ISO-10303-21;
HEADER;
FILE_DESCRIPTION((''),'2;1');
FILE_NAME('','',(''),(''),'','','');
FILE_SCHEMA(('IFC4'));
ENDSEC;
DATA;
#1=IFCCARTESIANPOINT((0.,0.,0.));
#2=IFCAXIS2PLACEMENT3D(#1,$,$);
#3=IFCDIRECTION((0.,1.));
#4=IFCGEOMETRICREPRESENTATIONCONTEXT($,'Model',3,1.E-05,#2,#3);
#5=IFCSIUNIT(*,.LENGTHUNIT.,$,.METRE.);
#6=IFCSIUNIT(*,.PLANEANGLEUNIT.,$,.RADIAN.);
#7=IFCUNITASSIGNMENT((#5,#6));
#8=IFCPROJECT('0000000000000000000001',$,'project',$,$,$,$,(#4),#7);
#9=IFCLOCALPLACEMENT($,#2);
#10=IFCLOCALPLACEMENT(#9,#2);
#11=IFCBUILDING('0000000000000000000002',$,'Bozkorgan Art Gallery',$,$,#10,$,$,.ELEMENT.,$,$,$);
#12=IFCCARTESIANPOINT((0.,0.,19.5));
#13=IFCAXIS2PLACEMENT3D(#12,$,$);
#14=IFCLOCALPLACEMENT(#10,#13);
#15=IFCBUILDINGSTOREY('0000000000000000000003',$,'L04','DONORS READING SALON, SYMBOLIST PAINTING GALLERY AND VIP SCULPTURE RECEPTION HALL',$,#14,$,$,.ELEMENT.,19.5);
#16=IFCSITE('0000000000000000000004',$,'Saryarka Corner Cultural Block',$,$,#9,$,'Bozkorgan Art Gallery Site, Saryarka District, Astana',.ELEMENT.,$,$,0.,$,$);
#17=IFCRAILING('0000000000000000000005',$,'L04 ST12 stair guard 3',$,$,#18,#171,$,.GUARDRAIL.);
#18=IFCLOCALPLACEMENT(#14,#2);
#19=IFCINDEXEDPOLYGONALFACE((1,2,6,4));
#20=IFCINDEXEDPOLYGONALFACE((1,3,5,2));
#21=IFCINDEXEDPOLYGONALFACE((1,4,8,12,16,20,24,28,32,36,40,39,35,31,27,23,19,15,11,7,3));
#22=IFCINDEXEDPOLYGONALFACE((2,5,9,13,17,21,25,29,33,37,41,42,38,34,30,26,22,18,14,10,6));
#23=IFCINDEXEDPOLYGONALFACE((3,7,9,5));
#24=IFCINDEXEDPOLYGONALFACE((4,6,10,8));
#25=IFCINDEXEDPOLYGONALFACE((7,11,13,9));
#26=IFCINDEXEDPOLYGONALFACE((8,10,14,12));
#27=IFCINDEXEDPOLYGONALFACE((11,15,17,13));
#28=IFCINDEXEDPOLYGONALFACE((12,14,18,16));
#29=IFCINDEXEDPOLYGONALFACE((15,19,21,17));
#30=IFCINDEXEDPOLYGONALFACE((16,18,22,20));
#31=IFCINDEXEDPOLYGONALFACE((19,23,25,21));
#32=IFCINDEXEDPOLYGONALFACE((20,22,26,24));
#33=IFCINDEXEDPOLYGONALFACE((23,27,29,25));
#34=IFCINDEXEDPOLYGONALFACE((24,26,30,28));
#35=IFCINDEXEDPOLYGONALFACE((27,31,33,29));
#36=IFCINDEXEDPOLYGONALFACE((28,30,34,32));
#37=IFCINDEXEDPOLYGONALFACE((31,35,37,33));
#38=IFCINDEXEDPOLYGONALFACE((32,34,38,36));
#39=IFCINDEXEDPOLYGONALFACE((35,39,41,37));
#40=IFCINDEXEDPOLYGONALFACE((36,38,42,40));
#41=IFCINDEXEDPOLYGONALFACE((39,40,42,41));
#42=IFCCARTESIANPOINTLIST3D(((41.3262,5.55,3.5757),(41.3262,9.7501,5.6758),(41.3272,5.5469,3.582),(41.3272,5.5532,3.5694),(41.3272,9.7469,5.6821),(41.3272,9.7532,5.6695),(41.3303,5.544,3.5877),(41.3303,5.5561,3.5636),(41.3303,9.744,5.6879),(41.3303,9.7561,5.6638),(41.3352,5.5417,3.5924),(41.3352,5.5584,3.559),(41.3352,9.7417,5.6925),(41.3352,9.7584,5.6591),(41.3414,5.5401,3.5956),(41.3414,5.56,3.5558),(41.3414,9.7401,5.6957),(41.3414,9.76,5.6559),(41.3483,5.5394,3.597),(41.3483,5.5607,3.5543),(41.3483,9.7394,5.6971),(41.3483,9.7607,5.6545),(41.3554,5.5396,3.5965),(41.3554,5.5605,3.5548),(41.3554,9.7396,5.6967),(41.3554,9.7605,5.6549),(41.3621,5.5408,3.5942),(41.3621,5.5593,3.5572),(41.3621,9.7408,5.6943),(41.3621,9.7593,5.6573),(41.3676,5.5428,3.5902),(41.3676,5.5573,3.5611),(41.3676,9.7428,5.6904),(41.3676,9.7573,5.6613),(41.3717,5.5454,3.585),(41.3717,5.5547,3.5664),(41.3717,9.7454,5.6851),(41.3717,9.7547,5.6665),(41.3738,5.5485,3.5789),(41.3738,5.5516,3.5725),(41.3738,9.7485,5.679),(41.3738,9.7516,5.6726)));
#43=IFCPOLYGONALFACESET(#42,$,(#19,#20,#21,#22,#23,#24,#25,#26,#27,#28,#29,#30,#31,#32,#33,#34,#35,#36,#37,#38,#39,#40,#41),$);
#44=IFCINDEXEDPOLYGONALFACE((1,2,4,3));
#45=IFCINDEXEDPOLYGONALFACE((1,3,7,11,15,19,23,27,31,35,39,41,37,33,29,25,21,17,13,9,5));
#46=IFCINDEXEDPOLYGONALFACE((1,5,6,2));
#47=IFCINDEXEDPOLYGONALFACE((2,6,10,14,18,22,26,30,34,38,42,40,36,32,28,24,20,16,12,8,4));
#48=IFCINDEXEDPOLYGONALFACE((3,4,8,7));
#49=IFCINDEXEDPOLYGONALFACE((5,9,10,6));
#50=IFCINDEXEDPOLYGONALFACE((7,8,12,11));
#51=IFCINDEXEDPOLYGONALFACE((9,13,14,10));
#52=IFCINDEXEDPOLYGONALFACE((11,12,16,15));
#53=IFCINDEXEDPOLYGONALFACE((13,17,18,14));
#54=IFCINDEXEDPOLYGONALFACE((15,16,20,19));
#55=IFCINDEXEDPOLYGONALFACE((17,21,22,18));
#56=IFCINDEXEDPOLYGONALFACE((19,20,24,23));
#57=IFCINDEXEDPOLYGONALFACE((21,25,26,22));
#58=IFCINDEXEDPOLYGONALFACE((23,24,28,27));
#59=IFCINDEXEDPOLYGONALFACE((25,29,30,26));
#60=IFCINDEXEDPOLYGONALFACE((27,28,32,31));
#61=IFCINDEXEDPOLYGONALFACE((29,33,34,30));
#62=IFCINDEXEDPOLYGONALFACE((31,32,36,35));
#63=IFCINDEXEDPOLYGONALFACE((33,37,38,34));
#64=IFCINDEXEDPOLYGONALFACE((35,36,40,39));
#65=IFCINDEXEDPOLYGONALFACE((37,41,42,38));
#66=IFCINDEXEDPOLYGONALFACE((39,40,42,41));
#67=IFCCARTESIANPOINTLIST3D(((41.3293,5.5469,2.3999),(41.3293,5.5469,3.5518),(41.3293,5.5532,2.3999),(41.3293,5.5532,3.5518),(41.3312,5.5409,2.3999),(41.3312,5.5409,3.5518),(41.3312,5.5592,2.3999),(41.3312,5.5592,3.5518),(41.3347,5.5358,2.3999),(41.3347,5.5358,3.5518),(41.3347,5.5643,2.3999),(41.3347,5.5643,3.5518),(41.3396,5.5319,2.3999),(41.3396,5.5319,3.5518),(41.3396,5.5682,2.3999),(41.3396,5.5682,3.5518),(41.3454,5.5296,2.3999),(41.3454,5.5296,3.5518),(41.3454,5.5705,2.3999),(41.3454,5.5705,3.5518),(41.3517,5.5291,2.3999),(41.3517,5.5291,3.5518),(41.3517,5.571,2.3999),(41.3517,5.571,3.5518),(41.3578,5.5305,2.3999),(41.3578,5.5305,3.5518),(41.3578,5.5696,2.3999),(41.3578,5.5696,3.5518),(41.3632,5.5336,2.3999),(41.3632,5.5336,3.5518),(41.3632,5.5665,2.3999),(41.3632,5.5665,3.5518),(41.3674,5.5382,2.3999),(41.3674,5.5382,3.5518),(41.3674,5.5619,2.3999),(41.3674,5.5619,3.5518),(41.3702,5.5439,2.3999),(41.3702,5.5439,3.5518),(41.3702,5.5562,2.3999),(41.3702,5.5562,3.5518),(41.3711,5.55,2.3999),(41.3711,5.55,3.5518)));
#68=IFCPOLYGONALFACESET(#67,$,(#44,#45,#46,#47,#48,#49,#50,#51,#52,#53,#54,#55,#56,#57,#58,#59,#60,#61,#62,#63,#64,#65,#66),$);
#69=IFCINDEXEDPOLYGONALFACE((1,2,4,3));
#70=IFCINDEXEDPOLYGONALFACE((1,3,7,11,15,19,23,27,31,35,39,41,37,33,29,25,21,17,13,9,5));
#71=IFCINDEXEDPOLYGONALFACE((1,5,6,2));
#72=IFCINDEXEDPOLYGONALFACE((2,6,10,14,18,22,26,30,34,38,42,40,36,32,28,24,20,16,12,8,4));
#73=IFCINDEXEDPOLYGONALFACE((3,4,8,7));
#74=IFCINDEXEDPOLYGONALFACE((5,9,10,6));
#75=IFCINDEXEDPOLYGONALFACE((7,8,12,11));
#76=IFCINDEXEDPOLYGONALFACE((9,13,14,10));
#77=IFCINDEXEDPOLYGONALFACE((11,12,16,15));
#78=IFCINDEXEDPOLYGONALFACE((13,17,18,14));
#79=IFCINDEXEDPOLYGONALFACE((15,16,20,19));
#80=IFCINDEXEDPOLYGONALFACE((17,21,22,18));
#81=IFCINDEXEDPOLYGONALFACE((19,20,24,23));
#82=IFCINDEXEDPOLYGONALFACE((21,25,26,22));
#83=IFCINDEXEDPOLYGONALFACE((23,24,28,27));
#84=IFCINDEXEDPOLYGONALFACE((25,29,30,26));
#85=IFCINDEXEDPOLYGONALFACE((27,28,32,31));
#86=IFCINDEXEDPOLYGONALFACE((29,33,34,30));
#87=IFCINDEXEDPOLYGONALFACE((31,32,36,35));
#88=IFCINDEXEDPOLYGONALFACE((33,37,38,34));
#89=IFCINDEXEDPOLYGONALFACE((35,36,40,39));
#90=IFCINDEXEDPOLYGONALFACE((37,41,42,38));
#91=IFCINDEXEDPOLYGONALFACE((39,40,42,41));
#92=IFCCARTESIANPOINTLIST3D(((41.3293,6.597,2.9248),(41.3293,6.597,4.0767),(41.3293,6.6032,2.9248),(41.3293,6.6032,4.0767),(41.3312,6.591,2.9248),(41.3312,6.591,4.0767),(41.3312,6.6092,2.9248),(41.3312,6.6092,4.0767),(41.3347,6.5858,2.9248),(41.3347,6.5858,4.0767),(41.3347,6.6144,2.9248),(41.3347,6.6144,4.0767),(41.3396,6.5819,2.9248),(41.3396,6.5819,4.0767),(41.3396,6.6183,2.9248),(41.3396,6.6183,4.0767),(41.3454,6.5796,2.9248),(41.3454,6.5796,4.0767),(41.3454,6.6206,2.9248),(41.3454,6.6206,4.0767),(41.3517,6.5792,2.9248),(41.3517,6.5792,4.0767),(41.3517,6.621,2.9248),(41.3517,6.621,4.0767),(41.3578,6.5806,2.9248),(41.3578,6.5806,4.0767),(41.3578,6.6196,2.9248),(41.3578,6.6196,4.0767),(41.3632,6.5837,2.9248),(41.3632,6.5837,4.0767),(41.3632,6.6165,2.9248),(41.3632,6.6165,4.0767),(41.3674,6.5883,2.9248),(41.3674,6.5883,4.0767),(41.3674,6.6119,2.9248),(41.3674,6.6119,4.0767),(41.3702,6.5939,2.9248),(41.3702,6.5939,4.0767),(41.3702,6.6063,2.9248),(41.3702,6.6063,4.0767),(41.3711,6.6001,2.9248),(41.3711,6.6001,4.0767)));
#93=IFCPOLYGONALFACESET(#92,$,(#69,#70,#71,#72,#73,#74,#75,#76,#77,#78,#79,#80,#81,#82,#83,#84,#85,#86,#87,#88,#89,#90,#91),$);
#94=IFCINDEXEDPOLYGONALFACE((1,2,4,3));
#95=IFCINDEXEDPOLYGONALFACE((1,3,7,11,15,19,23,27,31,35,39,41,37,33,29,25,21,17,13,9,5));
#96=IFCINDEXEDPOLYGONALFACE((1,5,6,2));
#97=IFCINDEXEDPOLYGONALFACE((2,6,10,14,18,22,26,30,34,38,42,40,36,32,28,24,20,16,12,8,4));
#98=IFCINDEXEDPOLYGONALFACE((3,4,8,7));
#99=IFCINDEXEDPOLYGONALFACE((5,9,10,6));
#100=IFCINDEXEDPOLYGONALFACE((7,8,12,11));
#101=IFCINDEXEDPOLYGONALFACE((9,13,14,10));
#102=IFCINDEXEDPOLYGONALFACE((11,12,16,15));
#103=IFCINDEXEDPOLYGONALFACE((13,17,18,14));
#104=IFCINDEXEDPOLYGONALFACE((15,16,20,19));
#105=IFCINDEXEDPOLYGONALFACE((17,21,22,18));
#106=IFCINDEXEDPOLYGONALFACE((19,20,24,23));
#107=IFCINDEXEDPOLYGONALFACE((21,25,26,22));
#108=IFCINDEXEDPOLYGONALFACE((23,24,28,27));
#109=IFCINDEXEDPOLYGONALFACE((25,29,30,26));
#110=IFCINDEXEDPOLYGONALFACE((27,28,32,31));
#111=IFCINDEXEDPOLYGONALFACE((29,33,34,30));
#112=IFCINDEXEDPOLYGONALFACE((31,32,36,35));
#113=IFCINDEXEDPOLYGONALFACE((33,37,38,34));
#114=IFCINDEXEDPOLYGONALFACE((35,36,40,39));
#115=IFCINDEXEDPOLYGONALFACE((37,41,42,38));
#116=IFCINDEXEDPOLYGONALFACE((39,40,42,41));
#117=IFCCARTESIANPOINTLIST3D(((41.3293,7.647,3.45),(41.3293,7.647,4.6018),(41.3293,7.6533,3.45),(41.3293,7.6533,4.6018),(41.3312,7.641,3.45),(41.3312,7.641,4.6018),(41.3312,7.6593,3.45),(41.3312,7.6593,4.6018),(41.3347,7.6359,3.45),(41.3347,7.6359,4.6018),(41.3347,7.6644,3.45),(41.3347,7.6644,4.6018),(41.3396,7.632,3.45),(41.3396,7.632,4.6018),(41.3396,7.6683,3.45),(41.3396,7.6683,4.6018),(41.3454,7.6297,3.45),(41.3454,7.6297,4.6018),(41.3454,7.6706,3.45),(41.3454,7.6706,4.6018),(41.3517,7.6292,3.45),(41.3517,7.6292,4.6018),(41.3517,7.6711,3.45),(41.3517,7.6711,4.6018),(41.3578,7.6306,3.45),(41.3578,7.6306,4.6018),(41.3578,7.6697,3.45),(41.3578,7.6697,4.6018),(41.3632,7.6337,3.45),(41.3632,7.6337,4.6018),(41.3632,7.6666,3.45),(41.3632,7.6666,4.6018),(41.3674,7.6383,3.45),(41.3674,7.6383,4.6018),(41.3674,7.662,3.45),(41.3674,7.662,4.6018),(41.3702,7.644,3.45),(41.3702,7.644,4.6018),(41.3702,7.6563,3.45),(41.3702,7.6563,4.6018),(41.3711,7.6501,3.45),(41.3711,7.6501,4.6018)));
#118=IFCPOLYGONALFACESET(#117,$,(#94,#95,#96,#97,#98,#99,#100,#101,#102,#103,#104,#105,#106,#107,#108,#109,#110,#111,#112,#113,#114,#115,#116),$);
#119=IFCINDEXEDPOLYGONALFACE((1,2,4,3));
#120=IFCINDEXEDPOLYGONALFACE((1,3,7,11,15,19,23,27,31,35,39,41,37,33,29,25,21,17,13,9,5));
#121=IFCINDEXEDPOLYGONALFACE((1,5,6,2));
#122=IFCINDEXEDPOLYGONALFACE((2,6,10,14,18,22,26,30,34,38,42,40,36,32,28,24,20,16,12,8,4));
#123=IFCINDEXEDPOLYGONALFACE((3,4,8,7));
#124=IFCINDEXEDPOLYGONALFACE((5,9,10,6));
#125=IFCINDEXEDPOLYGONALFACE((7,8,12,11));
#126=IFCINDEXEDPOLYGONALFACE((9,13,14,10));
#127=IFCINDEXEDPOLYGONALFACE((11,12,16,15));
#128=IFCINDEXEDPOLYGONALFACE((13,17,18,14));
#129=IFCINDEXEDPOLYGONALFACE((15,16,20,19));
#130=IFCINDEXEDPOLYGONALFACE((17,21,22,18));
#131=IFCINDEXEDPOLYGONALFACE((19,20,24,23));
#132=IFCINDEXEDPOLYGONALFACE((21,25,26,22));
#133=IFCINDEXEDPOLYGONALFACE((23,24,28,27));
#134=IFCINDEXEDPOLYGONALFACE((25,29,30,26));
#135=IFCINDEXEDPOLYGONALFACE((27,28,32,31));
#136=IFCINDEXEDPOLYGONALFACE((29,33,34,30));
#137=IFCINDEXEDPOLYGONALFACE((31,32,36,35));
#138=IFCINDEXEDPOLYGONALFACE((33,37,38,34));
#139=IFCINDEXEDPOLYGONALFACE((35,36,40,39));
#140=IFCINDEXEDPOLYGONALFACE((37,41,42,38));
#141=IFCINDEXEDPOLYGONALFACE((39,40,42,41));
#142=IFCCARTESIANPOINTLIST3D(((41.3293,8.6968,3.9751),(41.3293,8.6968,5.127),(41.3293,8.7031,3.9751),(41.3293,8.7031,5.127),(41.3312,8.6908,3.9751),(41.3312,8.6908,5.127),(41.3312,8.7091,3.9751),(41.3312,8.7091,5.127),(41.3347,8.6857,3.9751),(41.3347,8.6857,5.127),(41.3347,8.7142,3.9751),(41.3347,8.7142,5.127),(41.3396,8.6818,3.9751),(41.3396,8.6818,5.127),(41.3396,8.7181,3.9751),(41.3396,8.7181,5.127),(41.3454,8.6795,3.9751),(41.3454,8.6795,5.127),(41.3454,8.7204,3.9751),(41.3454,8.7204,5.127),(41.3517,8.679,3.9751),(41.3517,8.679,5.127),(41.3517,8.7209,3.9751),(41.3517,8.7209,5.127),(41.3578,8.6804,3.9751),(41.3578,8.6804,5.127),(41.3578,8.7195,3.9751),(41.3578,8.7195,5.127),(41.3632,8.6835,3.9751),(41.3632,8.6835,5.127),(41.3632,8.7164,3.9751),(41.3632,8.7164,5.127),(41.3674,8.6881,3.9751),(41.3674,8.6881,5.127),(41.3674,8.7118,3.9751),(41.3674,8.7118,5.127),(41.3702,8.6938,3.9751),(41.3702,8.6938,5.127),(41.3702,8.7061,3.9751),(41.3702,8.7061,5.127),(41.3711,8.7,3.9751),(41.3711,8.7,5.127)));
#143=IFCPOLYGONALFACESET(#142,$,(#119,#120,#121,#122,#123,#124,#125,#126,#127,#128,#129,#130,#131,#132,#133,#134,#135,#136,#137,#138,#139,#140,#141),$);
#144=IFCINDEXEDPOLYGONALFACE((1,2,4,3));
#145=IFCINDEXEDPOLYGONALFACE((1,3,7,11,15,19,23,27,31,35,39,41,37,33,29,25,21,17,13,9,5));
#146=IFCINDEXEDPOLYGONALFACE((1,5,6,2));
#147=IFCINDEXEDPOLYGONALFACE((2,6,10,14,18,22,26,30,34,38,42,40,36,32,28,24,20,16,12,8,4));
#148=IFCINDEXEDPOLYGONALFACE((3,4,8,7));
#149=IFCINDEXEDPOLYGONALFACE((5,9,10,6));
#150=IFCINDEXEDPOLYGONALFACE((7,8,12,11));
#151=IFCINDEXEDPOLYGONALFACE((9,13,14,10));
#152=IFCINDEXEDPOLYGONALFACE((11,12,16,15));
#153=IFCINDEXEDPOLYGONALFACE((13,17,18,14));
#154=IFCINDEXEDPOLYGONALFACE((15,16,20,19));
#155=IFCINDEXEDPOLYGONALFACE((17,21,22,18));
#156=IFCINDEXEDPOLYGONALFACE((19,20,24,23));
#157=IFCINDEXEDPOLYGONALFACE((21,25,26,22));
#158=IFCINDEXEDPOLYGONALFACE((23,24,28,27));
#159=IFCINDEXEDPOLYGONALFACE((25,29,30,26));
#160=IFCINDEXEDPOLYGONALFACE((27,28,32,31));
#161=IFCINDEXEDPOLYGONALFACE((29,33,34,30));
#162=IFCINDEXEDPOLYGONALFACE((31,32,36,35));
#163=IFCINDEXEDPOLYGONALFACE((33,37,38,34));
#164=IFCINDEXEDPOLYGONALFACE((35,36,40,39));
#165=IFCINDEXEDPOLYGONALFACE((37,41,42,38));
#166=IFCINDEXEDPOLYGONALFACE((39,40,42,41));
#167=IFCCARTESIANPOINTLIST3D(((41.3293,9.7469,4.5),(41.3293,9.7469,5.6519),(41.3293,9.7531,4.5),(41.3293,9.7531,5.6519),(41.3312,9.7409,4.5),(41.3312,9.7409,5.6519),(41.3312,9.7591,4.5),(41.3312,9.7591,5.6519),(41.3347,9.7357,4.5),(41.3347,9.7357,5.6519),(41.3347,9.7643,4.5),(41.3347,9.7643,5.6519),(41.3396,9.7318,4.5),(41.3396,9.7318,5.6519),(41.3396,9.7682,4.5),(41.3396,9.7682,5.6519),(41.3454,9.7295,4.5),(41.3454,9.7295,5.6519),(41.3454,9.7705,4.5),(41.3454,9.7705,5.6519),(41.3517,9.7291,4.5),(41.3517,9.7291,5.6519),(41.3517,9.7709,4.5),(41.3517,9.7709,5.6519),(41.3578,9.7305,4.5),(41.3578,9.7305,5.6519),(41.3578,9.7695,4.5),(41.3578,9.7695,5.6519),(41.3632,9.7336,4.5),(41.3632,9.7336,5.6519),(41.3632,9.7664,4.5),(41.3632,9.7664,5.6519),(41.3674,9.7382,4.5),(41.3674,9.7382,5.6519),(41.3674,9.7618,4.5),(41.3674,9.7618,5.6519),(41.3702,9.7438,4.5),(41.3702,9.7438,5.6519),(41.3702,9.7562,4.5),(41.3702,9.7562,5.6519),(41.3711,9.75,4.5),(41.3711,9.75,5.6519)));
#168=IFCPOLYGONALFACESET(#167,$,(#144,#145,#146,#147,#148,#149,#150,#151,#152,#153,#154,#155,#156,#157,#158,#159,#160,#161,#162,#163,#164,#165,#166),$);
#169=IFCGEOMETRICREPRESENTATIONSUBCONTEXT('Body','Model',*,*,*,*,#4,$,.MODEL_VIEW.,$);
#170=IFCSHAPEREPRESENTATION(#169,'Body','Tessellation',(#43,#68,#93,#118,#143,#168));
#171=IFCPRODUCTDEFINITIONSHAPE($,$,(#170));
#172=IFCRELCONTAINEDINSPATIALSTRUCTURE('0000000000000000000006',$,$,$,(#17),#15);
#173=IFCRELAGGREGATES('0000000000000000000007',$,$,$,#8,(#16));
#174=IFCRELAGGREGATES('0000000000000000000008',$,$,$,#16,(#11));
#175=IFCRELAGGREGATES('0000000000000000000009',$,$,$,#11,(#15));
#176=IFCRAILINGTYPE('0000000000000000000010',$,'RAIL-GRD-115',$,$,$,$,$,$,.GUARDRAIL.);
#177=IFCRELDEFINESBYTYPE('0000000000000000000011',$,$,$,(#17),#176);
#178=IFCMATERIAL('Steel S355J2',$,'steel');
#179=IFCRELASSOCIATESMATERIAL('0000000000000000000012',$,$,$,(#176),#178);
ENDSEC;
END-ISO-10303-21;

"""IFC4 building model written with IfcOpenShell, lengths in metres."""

from ifc_helpers import new_model, si_unit, direction, frame, origin, origin_2d, place, context, subcontext, project, spatial, circle, extrude, material, type_object, element, save


model = new_model("IFC4")

# Units and contexts
model_context = context("Model", 3, precision=1e-05, world=origin(), true_north=direction((0.0, 1.0)))
body_context = subcontext(model_context, "Body", "Model", "MODEL_VIEW")
ifc_project = project(units=[si_unit("LENGTHUNIT", "METRE"), si_unit("PLANEANGLEUNIT", "RADIAN")], contexts=[model_context])

# Site, building, storey
site_placement = place(None, origin())
site = spatial("IfcSite", under=ifc_project, at=site_placement, Name="Saryarka Corner Cultural Block", LongName="Bozkorgan Art Gallery Site, Saryarka District, Astana", CompositionType="ELEMENT", RefElevation=0.0)
building_placement = place(site_placement, origin())
building = spatial("IfcBuilding", under=site, at=building_placement, Name="Bozkorgan Art Gallery", CompositionType="ELEMENT")
storey_placement = place(building_placement, frame((0.0, 0.0, 19.5)))
storey = spatial("IfcBuildingStorey", under=building, at=storey_placement, Name="L04", Description="DONORS READING SALON, SYMBOLIST PAINTING GALLERY AND VIP SCULPTURE RECEPTION HALL", CompositionType="ELEMENT", Elevation=19.5)

# Shared definitions
ifc_material_1 = material(Name="Steel S355J2", Category="steel")

# Railing
railing_type_1 = type_object("IfcRailingType", Name="RAIL-GRD-115", PredefinedType="GUARDRAIL", material=ifc_material_1)
railing_1_placement = place(storey_placement, frame((41.3501, 5.55, 2.3999)))
element("IfcRailing", 1, at=railing_1_placement, inside=storey, type_object=railing_type_1, Name="L04 ST12 stair guard 3", PredefinedType="GUARDRAIL", context=body_context, shape_type="SweptSolid", body=[
    extrude(circle(Radius=0.0239, at=origin_2d()), frame((0.0, 0.0, 1.1758), z_axis=(0.0, 0.894417, 0.447234), x_axis=(-1.0, 0.0, 0.0)), (0.0, 0.0, 1.0), 4.6958),
    extrude(circle(Radius=0.021, at=origin_2d()), origin(), (0.0, 0.0, 1.0), 1.1519),
    extrude(circle(Radius=0.021, at=origin_2d()), frame((0.0, 1.05, 0.5249)), (0.0, 0.0, 1.0), 1.1519),
    extrude(circle(Radius=0.021, at=origin_2d()), frame((0.0, 2.1001, 1.05)), (0.0, 0.0, 1.0), 1.1519),
    extrude(circle(Radius=0.021, at=origin_2d()), frame((0.0, 3.1499, 1.5752)), (0.0, 0.0, 1.0), 1.1519),
    extrude(circle(Radius=0.021, at=origin_2d()), frame((0.0, 4.2, 2.1001)), (0.0, 0.0, 1.0), 1.1519),
])

save(model, "model.ifc")
